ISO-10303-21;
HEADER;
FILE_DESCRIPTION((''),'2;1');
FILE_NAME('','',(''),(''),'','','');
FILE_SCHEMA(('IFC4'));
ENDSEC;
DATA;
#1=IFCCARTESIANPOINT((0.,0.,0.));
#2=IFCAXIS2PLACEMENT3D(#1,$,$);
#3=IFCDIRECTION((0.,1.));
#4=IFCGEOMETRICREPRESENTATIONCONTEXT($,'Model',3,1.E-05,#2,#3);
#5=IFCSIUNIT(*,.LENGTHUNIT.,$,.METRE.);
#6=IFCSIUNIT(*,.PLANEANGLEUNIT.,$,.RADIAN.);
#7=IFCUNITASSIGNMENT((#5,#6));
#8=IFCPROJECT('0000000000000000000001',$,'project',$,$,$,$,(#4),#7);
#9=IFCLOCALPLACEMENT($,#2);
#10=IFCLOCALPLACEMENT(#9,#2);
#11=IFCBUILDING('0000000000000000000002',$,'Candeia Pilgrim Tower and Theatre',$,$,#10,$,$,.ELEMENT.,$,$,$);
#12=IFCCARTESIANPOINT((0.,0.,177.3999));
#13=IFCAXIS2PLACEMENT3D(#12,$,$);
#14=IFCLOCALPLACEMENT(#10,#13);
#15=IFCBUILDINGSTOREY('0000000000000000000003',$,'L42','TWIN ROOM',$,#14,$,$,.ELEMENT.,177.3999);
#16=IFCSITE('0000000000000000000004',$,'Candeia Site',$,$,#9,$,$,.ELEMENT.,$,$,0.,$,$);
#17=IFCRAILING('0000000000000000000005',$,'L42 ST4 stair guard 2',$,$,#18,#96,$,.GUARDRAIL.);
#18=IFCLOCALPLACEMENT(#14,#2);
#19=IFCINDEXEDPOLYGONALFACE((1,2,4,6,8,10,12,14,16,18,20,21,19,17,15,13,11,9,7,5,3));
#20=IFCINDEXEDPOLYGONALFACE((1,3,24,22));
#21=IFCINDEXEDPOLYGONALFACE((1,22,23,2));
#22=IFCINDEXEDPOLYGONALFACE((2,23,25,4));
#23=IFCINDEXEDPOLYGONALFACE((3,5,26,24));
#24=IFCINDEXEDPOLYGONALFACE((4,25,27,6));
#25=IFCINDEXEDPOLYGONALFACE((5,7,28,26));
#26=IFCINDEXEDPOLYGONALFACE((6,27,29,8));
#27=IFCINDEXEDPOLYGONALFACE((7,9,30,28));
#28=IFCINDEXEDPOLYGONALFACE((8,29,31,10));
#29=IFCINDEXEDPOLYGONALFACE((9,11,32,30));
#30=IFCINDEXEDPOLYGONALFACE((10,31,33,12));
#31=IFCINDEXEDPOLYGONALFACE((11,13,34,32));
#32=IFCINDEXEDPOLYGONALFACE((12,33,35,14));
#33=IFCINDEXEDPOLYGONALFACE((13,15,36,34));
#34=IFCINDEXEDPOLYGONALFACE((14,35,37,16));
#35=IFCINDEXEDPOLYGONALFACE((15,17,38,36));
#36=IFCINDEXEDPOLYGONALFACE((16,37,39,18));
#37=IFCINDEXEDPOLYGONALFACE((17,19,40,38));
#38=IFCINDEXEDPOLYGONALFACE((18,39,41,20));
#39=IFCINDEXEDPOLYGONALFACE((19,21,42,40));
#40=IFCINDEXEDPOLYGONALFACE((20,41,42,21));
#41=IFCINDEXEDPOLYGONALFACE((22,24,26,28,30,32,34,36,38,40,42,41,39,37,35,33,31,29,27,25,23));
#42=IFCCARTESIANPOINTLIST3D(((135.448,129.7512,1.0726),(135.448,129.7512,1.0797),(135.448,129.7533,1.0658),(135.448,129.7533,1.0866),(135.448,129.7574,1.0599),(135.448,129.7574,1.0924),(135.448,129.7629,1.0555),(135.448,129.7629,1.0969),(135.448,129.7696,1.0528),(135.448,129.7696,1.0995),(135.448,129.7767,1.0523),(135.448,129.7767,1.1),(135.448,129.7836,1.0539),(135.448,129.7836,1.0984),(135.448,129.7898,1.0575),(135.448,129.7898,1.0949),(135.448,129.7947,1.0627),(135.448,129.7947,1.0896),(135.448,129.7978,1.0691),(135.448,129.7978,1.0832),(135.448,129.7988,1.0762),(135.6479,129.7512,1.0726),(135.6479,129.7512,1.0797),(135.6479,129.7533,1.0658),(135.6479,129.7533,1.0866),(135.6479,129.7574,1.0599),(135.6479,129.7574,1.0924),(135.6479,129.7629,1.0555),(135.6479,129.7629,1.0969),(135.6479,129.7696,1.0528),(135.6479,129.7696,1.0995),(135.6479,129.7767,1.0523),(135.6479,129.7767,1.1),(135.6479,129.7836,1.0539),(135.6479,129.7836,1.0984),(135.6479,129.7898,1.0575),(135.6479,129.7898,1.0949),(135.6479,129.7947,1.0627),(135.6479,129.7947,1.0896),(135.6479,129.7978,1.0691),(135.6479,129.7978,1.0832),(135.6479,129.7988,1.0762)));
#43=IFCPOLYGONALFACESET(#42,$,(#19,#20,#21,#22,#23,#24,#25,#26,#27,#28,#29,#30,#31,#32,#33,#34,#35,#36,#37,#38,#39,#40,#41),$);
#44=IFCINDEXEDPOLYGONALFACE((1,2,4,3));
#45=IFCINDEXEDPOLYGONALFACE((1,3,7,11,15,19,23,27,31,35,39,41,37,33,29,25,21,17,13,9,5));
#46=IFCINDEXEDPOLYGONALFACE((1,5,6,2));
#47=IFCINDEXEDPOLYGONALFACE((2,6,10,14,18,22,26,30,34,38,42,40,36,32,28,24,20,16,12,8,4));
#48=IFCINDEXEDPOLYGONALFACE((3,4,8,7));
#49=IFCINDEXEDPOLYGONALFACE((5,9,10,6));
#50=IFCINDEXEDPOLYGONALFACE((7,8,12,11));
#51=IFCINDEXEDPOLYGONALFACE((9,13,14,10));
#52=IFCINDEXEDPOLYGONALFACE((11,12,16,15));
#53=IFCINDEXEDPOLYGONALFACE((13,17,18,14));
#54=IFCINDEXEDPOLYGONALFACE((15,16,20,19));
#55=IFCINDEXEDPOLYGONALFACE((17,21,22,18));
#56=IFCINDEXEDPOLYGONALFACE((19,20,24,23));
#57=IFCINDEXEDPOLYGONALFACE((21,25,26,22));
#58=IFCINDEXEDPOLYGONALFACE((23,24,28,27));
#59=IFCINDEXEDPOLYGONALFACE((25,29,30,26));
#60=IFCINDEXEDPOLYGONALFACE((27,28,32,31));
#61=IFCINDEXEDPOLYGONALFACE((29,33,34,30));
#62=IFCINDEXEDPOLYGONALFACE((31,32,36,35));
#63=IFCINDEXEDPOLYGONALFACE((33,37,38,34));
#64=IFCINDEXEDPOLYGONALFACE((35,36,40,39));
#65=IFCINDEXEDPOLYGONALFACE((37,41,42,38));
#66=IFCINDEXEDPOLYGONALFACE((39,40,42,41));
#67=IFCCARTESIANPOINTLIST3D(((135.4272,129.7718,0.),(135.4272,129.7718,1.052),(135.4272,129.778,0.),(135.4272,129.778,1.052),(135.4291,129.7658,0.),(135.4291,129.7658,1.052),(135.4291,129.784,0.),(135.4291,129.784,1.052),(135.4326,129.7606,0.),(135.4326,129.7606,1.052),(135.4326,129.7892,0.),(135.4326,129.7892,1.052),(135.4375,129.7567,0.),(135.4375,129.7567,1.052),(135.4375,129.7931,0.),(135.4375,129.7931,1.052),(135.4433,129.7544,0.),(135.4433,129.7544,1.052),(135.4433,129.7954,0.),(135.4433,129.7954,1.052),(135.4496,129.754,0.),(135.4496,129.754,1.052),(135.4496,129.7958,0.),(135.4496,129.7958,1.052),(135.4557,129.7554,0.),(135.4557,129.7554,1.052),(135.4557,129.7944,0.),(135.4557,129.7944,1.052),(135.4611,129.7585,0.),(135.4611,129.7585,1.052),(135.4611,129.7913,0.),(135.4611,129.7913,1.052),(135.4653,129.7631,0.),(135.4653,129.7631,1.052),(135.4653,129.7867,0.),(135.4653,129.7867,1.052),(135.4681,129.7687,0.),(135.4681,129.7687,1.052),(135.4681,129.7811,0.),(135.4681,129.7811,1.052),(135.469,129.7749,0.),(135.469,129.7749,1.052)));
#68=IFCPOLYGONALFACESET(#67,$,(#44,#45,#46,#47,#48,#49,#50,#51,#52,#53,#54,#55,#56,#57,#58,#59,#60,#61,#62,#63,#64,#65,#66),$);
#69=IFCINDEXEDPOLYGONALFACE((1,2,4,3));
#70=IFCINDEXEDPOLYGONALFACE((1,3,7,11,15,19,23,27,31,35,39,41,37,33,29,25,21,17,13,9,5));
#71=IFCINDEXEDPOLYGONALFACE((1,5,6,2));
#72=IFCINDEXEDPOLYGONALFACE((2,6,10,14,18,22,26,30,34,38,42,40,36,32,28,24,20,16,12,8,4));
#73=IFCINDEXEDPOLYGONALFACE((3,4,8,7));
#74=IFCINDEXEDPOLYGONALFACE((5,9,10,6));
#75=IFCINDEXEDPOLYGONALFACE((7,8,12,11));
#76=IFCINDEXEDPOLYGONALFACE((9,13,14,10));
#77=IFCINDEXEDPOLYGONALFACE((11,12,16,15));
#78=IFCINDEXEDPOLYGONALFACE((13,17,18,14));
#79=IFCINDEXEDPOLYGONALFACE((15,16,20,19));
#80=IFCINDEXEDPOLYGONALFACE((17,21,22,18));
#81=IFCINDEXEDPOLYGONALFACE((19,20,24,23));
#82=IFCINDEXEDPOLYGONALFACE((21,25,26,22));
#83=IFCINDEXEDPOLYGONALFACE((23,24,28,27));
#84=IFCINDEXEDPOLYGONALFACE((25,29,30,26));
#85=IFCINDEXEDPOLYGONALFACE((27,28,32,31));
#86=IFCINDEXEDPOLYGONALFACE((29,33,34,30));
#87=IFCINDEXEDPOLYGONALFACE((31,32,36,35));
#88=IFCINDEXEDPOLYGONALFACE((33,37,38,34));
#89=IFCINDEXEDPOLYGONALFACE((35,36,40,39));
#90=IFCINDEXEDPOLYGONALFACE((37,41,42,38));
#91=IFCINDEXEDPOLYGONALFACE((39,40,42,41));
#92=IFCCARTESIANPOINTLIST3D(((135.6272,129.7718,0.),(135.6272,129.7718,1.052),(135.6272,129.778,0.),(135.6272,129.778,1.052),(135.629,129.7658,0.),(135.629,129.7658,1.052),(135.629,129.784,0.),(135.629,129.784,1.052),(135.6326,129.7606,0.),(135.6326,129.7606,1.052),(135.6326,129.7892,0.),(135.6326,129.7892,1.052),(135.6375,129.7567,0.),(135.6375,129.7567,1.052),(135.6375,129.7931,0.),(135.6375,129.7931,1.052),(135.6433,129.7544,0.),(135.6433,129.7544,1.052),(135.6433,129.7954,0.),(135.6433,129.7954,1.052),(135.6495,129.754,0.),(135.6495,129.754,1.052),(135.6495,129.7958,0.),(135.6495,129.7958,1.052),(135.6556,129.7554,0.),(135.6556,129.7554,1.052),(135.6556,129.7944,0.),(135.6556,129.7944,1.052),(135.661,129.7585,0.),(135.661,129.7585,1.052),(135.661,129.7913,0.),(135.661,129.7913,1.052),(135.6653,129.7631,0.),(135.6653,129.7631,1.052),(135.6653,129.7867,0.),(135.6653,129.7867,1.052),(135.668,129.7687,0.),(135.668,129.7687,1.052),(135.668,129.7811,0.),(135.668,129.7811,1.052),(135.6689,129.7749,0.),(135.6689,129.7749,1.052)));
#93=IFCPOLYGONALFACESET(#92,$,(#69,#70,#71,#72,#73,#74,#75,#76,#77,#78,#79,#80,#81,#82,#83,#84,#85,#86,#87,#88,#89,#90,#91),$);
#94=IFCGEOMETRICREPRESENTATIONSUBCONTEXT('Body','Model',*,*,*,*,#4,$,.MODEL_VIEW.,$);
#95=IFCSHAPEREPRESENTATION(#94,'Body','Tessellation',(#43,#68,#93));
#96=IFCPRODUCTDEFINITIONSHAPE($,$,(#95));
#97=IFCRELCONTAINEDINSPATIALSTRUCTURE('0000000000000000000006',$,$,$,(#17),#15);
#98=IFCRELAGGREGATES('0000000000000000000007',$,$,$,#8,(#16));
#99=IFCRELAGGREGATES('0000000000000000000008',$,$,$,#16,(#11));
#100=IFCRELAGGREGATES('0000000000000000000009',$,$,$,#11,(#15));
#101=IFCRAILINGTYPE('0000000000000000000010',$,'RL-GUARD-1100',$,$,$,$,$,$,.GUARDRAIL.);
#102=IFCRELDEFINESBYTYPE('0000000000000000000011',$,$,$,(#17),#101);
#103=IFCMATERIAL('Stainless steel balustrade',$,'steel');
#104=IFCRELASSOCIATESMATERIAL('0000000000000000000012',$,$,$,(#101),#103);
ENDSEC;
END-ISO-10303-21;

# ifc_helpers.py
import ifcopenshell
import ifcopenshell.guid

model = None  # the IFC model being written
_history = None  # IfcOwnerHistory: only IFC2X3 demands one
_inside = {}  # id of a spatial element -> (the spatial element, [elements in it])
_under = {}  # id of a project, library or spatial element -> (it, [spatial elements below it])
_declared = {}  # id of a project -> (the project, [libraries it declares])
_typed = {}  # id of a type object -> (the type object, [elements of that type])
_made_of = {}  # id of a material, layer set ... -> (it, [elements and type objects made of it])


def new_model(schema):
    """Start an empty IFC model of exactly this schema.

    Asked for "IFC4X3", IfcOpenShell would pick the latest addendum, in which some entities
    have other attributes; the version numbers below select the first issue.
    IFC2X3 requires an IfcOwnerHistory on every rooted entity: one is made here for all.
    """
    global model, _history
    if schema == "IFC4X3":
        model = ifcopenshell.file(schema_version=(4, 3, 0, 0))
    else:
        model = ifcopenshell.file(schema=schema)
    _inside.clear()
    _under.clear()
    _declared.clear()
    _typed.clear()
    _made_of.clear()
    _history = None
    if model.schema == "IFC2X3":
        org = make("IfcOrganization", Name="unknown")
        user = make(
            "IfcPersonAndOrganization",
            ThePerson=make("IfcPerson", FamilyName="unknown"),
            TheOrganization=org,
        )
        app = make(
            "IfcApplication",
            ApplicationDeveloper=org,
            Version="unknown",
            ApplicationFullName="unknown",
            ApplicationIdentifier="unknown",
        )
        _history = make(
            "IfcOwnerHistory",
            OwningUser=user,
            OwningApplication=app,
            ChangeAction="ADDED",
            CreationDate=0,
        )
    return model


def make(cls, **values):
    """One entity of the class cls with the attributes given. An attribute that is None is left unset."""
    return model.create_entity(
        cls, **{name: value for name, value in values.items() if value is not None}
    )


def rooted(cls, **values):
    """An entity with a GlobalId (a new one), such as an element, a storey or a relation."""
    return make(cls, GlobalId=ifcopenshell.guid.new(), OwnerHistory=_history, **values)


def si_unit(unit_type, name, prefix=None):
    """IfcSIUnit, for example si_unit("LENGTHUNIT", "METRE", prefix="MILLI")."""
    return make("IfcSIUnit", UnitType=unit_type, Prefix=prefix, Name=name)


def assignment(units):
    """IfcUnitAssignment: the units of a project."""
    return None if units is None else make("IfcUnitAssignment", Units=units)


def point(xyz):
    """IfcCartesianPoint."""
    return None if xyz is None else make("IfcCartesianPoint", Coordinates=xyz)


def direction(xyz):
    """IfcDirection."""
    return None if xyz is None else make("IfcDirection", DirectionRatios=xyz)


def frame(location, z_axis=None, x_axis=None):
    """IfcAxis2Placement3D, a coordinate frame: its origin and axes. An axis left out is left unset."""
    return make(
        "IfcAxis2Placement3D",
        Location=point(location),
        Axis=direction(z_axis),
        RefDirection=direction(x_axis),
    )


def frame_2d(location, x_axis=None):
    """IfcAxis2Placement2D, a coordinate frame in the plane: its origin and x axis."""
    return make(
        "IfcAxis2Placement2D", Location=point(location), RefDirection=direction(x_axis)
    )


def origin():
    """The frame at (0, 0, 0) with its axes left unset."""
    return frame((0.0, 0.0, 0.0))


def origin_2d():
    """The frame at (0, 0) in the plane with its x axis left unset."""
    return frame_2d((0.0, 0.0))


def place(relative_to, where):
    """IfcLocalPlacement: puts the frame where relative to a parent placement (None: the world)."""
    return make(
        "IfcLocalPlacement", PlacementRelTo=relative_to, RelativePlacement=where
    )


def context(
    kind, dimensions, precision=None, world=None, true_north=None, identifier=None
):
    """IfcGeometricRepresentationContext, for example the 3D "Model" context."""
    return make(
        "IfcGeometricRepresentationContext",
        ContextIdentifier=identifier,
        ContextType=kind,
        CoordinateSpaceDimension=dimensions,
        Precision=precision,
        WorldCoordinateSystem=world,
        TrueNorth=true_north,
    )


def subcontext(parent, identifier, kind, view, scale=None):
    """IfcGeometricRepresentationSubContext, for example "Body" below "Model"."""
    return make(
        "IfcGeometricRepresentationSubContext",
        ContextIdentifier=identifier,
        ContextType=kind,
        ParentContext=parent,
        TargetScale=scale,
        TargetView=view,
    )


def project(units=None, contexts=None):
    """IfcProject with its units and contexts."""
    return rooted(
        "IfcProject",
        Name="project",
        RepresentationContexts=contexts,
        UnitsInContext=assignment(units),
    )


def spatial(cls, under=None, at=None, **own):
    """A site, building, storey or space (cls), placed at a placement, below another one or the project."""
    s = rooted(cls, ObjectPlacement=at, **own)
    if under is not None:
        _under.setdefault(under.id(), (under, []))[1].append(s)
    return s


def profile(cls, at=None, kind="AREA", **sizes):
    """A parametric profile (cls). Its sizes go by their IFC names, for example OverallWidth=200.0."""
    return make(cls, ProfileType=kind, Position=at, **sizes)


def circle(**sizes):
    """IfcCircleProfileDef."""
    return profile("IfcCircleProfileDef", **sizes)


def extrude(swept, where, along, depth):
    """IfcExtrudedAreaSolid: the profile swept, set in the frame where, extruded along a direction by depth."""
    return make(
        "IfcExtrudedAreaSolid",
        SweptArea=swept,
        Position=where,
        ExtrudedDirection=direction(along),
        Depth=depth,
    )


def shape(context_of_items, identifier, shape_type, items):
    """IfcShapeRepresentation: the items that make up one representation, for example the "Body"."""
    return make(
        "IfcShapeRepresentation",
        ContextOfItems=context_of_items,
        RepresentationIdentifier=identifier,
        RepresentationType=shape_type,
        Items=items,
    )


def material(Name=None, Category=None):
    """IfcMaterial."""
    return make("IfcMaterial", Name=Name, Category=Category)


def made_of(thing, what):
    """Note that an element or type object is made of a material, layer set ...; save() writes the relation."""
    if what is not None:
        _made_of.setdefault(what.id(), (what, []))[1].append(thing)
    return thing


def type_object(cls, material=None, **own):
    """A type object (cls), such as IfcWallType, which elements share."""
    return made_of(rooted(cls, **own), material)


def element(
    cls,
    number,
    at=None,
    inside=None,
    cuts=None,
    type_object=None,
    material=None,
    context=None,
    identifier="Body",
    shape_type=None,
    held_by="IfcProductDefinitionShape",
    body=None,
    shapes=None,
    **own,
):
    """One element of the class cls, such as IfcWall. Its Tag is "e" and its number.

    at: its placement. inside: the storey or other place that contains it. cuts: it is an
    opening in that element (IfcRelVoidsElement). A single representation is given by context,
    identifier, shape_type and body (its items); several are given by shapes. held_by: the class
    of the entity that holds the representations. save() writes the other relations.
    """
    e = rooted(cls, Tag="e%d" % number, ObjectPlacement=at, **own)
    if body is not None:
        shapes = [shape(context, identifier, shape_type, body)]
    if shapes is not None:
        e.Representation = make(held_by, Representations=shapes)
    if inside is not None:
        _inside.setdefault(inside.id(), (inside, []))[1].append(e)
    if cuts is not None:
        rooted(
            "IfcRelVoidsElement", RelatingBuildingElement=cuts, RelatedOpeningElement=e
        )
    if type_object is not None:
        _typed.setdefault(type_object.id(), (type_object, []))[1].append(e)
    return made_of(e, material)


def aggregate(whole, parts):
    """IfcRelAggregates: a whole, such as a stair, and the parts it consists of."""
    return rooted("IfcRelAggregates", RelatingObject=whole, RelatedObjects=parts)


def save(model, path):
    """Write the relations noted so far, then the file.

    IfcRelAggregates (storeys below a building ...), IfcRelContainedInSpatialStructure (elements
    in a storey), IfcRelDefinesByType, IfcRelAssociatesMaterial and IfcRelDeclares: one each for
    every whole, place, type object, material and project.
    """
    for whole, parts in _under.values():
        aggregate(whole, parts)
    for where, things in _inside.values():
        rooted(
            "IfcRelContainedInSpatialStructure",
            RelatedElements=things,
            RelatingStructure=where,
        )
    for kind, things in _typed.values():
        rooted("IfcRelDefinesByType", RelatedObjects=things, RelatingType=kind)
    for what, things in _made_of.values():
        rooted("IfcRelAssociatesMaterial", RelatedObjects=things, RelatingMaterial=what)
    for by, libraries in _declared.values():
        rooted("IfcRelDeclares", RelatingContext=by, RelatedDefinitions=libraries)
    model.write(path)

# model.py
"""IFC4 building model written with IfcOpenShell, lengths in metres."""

from ifc_helpers import new_model, si_unit, direction, frame, origin, origin_2d, place, context, subcontext, project, spatial, circle, extrude, material, type_object, element, save


model = new_model("IFC4")

# Units and contexts
model_context = context("Model", 3, precision=1e-05, world=origin(), true_north=direction((0.0, 1.0)))
body_context = subcontext(model_context, "Body", "Model", "MODEL_VIEW")
ifc_project = project(units=[si_unit("LENGTHUNIT", "METRE"), si_unit("PLANEANGLEUNIT", "RADIAN")], contexts=[model_context])

# Site, building, storey
site_placement = place(None, origin())
site = spatial("IfcSite", under=ifc_project, at=site_placement, Name="Candeia Site", CompositionType="ELEMENT", RefElevation=0.0)
building_placement = place(site_placement, origin())
building = spatial("IfcBuilding", under=site, at=building_placement, Name="Candeia Pilgrim Tower and Theatre", CompositionType="ELEMENT")
storey_placement = place(building_placement, frame((0.0, 0.0, 177.3999)))
storey = spatial("IfcBuildingStorey", under=building, at=storey_placement, Name="L42", Description="TWIN ROOM", CompositionType="ELEMENT", Elevation=177.3999)

# Railing
ifc_material_1 = material(Name="Stainless steel balustrade", Category="steel")
railing_type_1 = type_object("IfcRailingType", Name="RL-GUARD-1100", PredefinedType="GUARDRAIL", material=ifc_material_1)
railing_1_placement = place(storey_placement, frame((135.448, 129.7749, 0.0)))
element("IfcRailing", 1, at=railing_1_placement, inside=storey, type_object=railing_type_1, Name="L42 ST4 stair guard 2", PredefinedType="GUARDRAIL", context=body_context, shape_type="SweptSolid", body=[
    extrude(circle(Radius=0.0239, at=origin_2d()), frame((0.0, 0.0, 1.0762), z_axis=(1.0, 0.0, 0.0), x_axis=(0.0, 1.0, 0.0)), (0.0, 0.0, 1.0), 0.2),
    extrude(circle(Radius=0.021, at=origin_2d()), origin(), (0.0, 0.0, 1.0), 1.052),
    extrude(circle(Radius=0.021, at=origin_2d()), frame((0.2, 0.0, 0.0)), (0.0, 0.0, 1.0), 1.052),
])

save(model, "model.ifc")
